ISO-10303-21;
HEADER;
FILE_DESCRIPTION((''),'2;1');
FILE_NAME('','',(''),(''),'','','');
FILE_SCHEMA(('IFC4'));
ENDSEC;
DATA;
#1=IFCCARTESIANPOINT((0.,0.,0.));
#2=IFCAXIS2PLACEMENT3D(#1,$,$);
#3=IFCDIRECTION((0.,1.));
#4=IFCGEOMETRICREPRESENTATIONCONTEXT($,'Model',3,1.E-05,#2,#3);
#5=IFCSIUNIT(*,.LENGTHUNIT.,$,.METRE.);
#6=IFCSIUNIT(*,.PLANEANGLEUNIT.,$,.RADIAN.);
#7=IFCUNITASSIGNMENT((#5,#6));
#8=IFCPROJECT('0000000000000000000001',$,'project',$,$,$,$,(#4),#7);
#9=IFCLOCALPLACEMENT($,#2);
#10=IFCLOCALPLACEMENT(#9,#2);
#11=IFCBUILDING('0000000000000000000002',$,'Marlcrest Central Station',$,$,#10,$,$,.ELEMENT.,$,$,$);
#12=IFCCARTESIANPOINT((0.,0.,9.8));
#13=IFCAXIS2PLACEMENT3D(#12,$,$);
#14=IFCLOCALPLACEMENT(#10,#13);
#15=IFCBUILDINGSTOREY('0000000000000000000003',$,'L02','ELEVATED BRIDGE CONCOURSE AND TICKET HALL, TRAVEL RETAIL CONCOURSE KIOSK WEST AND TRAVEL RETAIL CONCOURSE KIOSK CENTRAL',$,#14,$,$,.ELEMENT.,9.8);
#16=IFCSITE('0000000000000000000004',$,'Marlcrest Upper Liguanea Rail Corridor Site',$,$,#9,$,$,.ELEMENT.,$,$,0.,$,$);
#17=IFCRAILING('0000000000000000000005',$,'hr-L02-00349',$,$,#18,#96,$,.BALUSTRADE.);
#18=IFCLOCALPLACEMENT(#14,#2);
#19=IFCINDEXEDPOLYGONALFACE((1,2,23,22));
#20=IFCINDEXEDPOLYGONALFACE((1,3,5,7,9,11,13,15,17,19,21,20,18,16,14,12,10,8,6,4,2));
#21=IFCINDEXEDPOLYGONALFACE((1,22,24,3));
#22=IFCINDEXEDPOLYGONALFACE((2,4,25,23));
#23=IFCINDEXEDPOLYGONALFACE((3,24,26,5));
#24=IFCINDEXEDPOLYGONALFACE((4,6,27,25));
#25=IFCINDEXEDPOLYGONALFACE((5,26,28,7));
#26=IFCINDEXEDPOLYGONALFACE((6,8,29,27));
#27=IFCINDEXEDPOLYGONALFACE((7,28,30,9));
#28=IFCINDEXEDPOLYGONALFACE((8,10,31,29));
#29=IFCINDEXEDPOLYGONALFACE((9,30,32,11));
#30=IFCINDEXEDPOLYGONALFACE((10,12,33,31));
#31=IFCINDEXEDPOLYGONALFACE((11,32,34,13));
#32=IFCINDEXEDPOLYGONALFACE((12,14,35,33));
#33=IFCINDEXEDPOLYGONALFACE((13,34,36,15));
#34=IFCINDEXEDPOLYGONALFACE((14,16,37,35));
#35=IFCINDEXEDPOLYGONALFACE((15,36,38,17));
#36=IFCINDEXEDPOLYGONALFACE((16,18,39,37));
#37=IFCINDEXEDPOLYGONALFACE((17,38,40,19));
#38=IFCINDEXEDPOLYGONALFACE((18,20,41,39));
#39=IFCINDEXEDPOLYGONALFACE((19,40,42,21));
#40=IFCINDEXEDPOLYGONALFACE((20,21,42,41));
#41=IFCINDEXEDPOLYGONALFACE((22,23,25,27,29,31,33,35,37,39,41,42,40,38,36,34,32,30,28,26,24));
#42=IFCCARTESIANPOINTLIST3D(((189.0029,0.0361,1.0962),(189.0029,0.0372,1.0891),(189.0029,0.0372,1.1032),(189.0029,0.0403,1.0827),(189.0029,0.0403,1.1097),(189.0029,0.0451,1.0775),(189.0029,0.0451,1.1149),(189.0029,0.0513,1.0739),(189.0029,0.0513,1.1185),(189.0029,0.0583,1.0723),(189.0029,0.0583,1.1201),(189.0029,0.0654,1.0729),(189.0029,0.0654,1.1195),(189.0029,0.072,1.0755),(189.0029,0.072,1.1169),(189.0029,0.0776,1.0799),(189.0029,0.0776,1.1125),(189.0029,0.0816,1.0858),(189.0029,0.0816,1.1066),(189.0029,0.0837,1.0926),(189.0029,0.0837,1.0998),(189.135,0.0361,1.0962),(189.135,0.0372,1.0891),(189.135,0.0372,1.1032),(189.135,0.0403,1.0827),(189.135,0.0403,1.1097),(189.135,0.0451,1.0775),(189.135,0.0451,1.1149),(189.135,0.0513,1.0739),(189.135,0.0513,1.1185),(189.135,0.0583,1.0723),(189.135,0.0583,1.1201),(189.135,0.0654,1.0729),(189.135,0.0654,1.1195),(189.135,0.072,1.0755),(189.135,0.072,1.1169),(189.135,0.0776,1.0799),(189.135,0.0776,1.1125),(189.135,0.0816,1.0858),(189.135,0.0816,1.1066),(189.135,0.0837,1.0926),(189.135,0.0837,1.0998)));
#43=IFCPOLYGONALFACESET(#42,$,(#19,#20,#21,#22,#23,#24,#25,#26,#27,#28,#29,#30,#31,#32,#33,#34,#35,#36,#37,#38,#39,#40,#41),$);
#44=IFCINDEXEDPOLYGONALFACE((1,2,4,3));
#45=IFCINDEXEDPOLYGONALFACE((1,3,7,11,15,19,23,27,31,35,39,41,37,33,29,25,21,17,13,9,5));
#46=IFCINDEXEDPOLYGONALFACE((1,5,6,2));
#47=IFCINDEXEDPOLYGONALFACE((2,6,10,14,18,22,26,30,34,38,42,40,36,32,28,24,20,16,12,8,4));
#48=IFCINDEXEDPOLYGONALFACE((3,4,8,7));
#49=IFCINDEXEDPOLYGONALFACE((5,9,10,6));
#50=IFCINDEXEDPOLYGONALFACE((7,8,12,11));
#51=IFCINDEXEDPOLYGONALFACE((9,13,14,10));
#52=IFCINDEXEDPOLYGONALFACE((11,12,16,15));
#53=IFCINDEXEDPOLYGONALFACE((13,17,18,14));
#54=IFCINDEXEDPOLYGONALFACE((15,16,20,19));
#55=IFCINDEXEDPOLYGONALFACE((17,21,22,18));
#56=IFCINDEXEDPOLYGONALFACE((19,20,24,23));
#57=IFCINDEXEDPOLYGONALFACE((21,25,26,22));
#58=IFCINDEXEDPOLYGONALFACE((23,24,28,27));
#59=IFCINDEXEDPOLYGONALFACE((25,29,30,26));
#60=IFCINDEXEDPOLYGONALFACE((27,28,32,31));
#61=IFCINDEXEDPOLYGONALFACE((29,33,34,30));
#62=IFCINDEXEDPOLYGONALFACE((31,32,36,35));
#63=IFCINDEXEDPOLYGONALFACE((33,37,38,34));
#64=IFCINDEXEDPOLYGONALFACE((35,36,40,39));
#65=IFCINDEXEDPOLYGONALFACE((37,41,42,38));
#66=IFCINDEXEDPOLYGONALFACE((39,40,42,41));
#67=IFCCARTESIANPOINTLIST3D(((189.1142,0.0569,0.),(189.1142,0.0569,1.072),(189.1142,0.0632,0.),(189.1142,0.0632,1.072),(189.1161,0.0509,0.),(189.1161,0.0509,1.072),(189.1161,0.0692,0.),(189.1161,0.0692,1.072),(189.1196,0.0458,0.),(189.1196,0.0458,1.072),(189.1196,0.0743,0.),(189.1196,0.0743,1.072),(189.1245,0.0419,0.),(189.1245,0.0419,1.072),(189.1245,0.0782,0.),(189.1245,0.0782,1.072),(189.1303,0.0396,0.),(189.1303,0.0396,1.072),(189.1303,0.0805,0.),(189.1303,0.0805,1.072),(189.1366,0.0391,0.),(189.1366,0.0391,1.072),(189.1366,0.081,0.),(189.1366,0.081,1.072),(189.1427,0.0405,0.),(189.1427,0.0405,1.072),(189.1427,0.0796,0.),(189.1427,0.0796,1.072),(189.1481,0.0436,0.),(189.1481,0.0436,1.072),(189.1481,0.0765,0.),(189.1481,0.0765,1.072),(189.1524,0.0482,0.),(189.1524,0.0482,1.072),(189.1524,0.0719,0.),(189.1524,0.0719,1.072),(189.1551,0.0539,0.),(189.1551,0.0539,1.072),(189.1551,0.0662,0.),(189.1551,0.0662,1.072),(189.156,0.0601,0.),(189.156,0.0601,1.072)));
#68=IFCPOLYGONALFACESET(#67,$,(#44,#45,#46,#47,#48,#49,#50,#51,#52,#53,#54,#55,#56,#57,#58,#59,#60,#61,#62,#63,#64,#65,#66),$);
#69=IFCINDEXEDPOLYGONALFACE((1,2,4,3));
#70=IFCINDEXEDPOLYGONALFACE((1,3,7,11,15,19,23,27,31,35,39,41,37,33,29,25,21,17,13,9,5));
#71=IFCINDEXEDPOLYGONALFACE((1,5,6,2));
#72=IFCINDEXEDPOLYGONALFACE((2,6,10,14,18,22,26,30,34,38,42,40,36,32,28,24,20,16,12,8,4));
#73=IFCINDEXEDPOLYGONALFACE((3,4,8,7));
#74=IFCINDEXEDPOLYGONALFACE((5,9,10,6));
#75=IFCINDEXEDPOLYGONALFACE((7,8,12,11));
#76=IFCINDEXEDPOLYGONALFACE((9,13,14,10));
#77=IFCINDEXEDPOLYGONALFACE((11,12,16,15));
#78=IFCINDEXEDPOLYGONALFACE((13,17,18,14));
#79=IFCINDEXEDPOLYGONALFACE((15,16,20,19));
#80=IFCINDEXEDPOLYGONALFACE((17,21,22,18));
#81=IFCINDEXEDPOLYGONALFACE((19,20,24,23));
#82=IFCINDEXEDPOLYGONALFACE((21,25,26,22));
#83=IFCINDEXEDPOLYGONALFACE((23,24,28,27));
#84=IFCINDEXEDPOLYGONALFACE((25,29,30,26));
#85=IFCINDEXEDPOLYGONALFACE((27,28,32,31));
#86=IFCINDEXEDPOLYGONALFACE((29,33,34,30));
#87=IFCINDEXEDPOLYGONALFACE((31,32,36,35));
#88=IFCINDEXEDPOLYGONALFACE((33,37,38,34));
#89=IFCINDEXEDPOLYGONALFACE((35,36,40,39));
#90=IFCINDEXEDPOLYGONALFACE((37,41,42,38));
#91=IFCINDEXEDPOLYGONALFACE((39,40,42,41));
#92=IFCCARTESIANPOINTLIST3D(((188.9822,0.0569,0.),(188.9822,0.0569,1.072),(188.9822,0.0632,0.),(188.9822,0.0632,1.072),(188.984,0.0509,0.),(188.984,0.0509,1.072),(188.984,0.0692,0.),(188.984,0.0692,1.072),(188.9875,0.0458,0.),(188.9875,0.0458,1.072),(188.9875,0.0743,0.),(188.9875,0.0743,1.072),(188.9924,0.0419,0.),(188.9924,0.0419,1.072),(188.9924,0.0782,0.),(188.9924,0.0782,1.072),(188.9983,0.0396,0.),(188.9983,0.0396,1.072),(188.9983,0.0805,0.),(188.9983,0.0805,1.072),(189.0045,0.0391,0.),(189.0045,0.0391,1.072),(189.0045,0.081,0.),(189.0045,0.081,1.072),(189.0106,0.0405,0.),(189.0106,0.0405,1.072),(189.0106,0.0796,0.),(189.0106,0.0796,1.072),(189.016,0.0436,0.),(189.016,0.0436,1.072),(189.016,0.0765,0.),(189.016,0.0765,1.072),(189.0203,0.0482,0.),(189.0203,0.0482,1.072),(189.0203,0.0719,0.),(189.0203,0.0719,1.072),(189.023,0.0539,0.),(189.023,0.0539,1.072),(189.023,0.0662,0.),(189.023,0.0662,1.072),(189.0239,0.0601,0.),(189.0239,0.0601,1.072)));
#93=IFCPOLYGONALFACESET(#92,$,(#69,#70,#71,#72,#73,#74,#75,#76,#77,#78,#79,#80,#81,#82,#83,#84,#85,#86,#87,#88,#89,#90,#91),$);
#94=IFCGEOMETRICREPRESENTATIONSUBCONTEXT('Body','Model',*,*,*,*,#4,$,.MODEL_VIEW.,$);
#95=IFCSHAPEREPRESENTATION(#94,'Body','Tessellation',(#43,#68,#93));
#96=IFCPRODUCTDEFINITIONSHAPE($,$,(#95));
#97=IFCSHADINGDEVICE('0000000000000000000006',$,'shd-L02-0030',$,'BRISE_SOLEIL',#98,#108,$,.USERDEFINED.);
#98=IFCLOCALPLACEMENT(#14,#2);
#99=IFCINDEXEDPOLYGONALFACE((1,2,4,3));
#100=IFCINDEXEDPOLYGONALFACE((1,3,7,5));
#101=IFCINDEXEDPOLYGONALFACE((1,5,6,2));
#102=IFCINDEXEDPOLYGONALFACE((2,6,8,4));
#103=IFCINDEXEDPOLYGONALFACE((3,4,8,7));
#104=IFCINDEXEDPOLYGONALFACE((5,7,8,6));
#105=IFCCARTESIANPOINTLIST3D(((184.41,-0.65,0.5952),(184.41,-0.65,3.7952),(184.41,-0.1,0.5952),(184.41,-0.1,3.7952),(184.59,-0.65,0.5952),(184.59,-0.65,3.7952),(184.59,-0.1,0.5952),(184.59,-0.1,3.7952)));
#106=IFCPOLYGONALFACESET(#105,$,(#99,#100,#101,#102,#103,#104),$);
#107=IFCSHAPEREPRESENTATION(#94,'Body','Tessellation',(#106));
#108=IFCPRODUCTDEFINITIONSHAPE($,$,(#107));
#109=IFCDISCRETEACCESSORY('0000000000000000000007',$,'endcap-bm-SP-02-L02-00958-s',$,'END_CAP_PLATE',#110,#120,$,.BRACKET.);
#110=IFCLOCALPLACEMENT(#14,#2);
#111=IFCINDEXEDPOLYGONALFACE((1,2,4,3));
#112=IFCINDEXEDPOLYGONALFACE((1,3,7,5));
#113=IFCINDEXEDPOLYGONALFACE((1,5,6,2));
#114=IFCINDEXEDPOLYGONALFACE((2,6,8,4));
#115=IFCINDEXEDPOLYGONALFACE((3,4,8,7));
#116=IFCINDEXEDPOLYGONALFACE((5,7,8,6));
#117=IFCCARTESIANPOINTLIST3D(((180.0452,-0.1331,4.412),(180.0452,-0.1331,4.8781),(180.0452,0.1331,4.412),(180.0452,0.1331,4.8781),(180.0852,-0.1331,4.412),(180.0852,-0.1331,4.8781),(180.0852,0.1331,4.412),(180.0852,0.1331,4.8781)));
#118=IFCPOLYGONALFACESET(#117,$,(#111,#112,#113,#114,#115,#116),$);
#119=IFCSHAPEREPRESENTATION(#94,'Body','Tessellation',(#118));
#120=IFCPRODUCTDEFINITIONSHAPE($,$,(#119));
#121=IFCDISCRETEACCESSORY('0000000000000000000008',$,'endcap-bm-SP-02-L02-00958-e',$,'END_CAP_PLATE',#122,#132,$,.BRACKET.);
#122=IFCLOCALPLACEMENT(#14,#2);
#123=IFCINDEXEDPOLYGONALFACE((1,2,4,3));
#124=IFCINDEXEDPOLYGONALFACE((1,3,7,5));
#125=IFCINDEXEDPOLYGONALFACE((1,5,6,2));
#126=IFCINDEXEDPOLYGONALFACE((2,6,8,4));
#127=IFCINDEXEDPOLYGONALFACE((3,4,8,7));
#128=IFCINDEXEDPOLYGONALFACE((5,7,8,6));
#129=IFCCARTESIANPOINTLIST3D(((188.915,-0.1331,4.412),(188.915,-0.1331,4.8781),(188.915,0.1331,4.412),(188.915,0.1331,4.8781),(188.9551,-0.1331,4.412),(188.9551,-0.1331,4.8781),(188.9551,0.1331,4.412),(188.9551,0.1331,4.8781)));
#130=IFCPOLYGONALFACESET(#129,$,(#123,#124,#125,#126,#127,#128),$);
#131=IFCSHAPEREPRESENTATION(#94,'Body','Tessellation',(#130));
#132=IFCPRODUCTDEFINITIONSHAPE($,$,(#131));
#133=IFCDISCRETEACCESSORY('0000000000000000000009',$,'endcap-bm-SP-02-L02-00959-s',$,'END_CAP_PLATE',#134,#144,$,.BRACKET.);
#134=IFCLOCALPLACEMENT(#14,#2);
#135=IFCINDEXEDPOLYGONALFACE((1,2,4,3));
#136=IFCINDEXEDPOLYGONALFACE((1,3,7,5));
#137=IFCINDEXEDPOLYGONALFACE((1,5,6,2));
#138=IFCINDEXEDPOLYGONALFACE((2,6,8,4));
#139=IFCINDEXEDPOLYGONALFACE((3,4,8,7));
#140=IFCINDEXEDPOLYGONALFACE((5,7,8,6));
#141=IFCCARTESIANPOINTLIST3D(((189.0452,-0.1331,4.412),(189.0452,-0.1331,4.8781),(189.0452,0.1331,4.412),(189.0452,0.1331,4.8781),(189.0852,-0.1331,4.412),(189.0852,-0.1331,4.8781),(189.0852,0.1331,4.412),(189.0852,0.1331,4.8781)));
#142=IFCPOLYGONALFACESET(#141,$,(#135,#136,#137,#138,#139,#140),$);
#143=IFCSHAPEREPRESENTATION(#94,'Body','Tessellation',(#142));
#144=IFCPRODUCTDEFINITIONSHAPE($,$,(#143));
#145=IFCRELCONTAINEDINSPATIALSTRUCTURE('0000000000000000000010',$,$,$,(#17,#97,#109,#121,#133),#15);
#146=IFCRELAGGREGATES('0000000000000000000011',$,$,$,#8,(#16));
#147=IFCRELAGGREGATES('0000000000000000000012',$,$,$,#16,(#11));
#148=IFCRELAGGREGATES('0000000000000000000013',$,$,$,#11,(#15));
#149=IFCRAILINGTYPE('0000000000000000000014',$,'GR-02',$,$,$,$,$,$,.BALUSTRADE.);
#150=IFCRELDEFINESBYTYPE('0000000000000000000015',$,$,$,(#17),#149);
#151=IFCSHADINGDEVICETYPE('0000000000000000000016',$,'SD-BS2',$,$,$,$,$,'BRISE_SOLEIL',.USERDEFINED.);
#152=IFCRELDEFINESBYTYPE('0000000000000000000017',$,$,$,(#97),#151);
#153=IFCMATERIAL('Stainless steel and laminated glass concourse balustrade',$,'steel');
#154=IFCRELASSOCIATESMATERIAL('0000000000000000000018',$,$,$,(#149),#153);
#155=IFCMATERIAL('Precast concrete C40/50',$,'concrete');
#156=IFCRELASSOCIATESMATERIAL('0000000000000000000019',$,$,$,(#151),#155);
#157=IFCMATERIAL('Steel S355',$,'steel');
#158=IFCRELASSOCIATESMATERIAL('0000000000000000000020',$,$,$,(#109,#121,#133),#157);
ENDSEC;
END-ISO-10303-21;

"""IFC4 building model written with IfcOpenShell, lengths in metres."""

from ifc_helpers import new_model, si_unit, direction, frame, origin, origin_2d, place, context, subcontext, project, spatial, rectangle, circle, extrude, material, type_object, element, save


model = new_model("IFC4")

# Units and contexts
model_context = context("Model", 3, precision=1e-05, world=origin(), true_north=direction((0.0, 1.0)))
body_context = subcontext(model_context, "Body", "Model", "MODEL_VIEW")
ifc_project = project(units=[si_unit("LENGTHUNIT", "METRE"), si_unit("PLANEANGLEUNIT", "RADIAN")], contexts=[model_context])

# Site, building, storey
site_placement = place(None, origin())
site = spatial("IfcSite", under=ifc_project, at=site_placement, Name="Marlcrest Upper Liguanea Rail Corridor Site", CompositionType="ELEMENT", RefElevation=0.0)
building_placement = place(site_placement, origin())
building = spatial("IfcBuilding", under=site, at=building_placement, Name="Marlcrest Central Station", CompositionType="ELEMENT")
storey_placement = place(building_placement, frame((0.0, 0.0, 9.8)))
storey = spatial("IfcBuildingStorey", under=building, at=storey_placement, Name="L02", Description="ELEVATED BRIDGE CONCOURSE AND TICKET HALL, TRAVEL RETAIL CONCOURSE KIOSK WEST AND TRAVEL RETAIL CONCOURSE KIOSK CENTRAL", CompositionType="ELEMENT", Elevation=9.8)

# Shared definitions
ifc_material_1 = material(Name="Steel S355", Category="steel")

# Shared definitions
ifc_material_2 = material(Name="Precast concrete C40/50", Category="concrete")

# Railing
ifc_material_3 = material(Name="Stainless steel and laminated glass concourse balustrade", Category="steel")
railing_type = type_object("IfcRailingType", Name="GR-02", PredefinedType="BALUSTRADE", material=ifc_material_3)
railing_placement = place(storey_placement, frame((189.135, 0.0601, 0.0)))
element("IfcRailing", 1, at=railing_placement, inside=storey, type_object=railing_type, Name="hr-L02-00349", PredefinedType="BALUSTRADE", context=body_context, shape_type="SweptSolid", body=[
    extrude(circle(Radius=0.0239, at=origin_2d()), frame((0.0, 0.0, 1.0962), z_axis=(-1.0, 0.0, 0.0), x_axis=(0.0, -1.0, 0.0)), (0.0, 0.0, 1.0), 0.1321),
    extrude(circle(Radius=0.021, at=origin_2d()), origin(), (0.0, 0.0, 1.0), 1.072),
    extrude(circle(Radius=0.021, at=origin_2d()), frame((-0.1321, 0.0, 0.0)), (0.0, 0.0, 1.0), 1.072),
])

# Shading device
shading_device_type = type_object("IfcShadingDeviceType", Name="SD-BS2", ElementType="BRISE_SOLEIL", PredefinedType="USERDEFINED", material=ifc_material_2)
shading_device_placement = place(storey_placement, frame((184.5, -0.375, 0.5952), z_axis=(0.0, 0.0, 1.0), x_axis=(1.0, 0.0, 0.0)))
element("IfcShadingDevice", 2, at=shading_device_placement, inside=storey, type_object=shading_device_type, Name="shd-L02-0030", ObjectType="BRISE_SOLEIL", PredefinedType="USERDEFINED", context=body_context, shape_type="SweptSolid", body=[
    extrude(rectangle(XDim=0.1799, YDim=0.55, at=origin_2d()), origin(), (0.0, 0.0, 1.0), 3.2),
])

# Discrete accessories
for number, where, z_axis, x_axis, name in (
    (3, (180.0452, 0.0, 4.645), (1.0, 0.0, 0.0), (0.0, 1.0, 0.0), "endcap-bm-SP-02-L02-00958-s"),
    (4, (188.915, 0.0, 4.645), (1.0, 0.0, 0.0), (0.0, 1.0, 0.0), "endcap-bm-SP-02-L02-00958-e"),
    (5, (189.0452, 0.0, 4.645), (1.0, 0.0, 0.0), (0.0, 1.0, 0.0), "endcap-bm-SP-02-L02-00959-s"),
):
    element("IfcDiscreteAccessory", number, at=place(storey_placement, frame(where, z_axis=z_axis, x_axis=x_axis)), inside=storey, material=ifc_material_1, Name=name, ObjectType="END_CAP_PLATE", PredefinedType="BRACKET", context=body_context, shape_type="SweptSolid", body=[
        extrude(rectangle(XDim=0.2661, YDim=0.4661, at=origin_2d()), origin(), (0.0, 0.0, 1.0), 0.04),
    ])

save(model, "model.ifc")
